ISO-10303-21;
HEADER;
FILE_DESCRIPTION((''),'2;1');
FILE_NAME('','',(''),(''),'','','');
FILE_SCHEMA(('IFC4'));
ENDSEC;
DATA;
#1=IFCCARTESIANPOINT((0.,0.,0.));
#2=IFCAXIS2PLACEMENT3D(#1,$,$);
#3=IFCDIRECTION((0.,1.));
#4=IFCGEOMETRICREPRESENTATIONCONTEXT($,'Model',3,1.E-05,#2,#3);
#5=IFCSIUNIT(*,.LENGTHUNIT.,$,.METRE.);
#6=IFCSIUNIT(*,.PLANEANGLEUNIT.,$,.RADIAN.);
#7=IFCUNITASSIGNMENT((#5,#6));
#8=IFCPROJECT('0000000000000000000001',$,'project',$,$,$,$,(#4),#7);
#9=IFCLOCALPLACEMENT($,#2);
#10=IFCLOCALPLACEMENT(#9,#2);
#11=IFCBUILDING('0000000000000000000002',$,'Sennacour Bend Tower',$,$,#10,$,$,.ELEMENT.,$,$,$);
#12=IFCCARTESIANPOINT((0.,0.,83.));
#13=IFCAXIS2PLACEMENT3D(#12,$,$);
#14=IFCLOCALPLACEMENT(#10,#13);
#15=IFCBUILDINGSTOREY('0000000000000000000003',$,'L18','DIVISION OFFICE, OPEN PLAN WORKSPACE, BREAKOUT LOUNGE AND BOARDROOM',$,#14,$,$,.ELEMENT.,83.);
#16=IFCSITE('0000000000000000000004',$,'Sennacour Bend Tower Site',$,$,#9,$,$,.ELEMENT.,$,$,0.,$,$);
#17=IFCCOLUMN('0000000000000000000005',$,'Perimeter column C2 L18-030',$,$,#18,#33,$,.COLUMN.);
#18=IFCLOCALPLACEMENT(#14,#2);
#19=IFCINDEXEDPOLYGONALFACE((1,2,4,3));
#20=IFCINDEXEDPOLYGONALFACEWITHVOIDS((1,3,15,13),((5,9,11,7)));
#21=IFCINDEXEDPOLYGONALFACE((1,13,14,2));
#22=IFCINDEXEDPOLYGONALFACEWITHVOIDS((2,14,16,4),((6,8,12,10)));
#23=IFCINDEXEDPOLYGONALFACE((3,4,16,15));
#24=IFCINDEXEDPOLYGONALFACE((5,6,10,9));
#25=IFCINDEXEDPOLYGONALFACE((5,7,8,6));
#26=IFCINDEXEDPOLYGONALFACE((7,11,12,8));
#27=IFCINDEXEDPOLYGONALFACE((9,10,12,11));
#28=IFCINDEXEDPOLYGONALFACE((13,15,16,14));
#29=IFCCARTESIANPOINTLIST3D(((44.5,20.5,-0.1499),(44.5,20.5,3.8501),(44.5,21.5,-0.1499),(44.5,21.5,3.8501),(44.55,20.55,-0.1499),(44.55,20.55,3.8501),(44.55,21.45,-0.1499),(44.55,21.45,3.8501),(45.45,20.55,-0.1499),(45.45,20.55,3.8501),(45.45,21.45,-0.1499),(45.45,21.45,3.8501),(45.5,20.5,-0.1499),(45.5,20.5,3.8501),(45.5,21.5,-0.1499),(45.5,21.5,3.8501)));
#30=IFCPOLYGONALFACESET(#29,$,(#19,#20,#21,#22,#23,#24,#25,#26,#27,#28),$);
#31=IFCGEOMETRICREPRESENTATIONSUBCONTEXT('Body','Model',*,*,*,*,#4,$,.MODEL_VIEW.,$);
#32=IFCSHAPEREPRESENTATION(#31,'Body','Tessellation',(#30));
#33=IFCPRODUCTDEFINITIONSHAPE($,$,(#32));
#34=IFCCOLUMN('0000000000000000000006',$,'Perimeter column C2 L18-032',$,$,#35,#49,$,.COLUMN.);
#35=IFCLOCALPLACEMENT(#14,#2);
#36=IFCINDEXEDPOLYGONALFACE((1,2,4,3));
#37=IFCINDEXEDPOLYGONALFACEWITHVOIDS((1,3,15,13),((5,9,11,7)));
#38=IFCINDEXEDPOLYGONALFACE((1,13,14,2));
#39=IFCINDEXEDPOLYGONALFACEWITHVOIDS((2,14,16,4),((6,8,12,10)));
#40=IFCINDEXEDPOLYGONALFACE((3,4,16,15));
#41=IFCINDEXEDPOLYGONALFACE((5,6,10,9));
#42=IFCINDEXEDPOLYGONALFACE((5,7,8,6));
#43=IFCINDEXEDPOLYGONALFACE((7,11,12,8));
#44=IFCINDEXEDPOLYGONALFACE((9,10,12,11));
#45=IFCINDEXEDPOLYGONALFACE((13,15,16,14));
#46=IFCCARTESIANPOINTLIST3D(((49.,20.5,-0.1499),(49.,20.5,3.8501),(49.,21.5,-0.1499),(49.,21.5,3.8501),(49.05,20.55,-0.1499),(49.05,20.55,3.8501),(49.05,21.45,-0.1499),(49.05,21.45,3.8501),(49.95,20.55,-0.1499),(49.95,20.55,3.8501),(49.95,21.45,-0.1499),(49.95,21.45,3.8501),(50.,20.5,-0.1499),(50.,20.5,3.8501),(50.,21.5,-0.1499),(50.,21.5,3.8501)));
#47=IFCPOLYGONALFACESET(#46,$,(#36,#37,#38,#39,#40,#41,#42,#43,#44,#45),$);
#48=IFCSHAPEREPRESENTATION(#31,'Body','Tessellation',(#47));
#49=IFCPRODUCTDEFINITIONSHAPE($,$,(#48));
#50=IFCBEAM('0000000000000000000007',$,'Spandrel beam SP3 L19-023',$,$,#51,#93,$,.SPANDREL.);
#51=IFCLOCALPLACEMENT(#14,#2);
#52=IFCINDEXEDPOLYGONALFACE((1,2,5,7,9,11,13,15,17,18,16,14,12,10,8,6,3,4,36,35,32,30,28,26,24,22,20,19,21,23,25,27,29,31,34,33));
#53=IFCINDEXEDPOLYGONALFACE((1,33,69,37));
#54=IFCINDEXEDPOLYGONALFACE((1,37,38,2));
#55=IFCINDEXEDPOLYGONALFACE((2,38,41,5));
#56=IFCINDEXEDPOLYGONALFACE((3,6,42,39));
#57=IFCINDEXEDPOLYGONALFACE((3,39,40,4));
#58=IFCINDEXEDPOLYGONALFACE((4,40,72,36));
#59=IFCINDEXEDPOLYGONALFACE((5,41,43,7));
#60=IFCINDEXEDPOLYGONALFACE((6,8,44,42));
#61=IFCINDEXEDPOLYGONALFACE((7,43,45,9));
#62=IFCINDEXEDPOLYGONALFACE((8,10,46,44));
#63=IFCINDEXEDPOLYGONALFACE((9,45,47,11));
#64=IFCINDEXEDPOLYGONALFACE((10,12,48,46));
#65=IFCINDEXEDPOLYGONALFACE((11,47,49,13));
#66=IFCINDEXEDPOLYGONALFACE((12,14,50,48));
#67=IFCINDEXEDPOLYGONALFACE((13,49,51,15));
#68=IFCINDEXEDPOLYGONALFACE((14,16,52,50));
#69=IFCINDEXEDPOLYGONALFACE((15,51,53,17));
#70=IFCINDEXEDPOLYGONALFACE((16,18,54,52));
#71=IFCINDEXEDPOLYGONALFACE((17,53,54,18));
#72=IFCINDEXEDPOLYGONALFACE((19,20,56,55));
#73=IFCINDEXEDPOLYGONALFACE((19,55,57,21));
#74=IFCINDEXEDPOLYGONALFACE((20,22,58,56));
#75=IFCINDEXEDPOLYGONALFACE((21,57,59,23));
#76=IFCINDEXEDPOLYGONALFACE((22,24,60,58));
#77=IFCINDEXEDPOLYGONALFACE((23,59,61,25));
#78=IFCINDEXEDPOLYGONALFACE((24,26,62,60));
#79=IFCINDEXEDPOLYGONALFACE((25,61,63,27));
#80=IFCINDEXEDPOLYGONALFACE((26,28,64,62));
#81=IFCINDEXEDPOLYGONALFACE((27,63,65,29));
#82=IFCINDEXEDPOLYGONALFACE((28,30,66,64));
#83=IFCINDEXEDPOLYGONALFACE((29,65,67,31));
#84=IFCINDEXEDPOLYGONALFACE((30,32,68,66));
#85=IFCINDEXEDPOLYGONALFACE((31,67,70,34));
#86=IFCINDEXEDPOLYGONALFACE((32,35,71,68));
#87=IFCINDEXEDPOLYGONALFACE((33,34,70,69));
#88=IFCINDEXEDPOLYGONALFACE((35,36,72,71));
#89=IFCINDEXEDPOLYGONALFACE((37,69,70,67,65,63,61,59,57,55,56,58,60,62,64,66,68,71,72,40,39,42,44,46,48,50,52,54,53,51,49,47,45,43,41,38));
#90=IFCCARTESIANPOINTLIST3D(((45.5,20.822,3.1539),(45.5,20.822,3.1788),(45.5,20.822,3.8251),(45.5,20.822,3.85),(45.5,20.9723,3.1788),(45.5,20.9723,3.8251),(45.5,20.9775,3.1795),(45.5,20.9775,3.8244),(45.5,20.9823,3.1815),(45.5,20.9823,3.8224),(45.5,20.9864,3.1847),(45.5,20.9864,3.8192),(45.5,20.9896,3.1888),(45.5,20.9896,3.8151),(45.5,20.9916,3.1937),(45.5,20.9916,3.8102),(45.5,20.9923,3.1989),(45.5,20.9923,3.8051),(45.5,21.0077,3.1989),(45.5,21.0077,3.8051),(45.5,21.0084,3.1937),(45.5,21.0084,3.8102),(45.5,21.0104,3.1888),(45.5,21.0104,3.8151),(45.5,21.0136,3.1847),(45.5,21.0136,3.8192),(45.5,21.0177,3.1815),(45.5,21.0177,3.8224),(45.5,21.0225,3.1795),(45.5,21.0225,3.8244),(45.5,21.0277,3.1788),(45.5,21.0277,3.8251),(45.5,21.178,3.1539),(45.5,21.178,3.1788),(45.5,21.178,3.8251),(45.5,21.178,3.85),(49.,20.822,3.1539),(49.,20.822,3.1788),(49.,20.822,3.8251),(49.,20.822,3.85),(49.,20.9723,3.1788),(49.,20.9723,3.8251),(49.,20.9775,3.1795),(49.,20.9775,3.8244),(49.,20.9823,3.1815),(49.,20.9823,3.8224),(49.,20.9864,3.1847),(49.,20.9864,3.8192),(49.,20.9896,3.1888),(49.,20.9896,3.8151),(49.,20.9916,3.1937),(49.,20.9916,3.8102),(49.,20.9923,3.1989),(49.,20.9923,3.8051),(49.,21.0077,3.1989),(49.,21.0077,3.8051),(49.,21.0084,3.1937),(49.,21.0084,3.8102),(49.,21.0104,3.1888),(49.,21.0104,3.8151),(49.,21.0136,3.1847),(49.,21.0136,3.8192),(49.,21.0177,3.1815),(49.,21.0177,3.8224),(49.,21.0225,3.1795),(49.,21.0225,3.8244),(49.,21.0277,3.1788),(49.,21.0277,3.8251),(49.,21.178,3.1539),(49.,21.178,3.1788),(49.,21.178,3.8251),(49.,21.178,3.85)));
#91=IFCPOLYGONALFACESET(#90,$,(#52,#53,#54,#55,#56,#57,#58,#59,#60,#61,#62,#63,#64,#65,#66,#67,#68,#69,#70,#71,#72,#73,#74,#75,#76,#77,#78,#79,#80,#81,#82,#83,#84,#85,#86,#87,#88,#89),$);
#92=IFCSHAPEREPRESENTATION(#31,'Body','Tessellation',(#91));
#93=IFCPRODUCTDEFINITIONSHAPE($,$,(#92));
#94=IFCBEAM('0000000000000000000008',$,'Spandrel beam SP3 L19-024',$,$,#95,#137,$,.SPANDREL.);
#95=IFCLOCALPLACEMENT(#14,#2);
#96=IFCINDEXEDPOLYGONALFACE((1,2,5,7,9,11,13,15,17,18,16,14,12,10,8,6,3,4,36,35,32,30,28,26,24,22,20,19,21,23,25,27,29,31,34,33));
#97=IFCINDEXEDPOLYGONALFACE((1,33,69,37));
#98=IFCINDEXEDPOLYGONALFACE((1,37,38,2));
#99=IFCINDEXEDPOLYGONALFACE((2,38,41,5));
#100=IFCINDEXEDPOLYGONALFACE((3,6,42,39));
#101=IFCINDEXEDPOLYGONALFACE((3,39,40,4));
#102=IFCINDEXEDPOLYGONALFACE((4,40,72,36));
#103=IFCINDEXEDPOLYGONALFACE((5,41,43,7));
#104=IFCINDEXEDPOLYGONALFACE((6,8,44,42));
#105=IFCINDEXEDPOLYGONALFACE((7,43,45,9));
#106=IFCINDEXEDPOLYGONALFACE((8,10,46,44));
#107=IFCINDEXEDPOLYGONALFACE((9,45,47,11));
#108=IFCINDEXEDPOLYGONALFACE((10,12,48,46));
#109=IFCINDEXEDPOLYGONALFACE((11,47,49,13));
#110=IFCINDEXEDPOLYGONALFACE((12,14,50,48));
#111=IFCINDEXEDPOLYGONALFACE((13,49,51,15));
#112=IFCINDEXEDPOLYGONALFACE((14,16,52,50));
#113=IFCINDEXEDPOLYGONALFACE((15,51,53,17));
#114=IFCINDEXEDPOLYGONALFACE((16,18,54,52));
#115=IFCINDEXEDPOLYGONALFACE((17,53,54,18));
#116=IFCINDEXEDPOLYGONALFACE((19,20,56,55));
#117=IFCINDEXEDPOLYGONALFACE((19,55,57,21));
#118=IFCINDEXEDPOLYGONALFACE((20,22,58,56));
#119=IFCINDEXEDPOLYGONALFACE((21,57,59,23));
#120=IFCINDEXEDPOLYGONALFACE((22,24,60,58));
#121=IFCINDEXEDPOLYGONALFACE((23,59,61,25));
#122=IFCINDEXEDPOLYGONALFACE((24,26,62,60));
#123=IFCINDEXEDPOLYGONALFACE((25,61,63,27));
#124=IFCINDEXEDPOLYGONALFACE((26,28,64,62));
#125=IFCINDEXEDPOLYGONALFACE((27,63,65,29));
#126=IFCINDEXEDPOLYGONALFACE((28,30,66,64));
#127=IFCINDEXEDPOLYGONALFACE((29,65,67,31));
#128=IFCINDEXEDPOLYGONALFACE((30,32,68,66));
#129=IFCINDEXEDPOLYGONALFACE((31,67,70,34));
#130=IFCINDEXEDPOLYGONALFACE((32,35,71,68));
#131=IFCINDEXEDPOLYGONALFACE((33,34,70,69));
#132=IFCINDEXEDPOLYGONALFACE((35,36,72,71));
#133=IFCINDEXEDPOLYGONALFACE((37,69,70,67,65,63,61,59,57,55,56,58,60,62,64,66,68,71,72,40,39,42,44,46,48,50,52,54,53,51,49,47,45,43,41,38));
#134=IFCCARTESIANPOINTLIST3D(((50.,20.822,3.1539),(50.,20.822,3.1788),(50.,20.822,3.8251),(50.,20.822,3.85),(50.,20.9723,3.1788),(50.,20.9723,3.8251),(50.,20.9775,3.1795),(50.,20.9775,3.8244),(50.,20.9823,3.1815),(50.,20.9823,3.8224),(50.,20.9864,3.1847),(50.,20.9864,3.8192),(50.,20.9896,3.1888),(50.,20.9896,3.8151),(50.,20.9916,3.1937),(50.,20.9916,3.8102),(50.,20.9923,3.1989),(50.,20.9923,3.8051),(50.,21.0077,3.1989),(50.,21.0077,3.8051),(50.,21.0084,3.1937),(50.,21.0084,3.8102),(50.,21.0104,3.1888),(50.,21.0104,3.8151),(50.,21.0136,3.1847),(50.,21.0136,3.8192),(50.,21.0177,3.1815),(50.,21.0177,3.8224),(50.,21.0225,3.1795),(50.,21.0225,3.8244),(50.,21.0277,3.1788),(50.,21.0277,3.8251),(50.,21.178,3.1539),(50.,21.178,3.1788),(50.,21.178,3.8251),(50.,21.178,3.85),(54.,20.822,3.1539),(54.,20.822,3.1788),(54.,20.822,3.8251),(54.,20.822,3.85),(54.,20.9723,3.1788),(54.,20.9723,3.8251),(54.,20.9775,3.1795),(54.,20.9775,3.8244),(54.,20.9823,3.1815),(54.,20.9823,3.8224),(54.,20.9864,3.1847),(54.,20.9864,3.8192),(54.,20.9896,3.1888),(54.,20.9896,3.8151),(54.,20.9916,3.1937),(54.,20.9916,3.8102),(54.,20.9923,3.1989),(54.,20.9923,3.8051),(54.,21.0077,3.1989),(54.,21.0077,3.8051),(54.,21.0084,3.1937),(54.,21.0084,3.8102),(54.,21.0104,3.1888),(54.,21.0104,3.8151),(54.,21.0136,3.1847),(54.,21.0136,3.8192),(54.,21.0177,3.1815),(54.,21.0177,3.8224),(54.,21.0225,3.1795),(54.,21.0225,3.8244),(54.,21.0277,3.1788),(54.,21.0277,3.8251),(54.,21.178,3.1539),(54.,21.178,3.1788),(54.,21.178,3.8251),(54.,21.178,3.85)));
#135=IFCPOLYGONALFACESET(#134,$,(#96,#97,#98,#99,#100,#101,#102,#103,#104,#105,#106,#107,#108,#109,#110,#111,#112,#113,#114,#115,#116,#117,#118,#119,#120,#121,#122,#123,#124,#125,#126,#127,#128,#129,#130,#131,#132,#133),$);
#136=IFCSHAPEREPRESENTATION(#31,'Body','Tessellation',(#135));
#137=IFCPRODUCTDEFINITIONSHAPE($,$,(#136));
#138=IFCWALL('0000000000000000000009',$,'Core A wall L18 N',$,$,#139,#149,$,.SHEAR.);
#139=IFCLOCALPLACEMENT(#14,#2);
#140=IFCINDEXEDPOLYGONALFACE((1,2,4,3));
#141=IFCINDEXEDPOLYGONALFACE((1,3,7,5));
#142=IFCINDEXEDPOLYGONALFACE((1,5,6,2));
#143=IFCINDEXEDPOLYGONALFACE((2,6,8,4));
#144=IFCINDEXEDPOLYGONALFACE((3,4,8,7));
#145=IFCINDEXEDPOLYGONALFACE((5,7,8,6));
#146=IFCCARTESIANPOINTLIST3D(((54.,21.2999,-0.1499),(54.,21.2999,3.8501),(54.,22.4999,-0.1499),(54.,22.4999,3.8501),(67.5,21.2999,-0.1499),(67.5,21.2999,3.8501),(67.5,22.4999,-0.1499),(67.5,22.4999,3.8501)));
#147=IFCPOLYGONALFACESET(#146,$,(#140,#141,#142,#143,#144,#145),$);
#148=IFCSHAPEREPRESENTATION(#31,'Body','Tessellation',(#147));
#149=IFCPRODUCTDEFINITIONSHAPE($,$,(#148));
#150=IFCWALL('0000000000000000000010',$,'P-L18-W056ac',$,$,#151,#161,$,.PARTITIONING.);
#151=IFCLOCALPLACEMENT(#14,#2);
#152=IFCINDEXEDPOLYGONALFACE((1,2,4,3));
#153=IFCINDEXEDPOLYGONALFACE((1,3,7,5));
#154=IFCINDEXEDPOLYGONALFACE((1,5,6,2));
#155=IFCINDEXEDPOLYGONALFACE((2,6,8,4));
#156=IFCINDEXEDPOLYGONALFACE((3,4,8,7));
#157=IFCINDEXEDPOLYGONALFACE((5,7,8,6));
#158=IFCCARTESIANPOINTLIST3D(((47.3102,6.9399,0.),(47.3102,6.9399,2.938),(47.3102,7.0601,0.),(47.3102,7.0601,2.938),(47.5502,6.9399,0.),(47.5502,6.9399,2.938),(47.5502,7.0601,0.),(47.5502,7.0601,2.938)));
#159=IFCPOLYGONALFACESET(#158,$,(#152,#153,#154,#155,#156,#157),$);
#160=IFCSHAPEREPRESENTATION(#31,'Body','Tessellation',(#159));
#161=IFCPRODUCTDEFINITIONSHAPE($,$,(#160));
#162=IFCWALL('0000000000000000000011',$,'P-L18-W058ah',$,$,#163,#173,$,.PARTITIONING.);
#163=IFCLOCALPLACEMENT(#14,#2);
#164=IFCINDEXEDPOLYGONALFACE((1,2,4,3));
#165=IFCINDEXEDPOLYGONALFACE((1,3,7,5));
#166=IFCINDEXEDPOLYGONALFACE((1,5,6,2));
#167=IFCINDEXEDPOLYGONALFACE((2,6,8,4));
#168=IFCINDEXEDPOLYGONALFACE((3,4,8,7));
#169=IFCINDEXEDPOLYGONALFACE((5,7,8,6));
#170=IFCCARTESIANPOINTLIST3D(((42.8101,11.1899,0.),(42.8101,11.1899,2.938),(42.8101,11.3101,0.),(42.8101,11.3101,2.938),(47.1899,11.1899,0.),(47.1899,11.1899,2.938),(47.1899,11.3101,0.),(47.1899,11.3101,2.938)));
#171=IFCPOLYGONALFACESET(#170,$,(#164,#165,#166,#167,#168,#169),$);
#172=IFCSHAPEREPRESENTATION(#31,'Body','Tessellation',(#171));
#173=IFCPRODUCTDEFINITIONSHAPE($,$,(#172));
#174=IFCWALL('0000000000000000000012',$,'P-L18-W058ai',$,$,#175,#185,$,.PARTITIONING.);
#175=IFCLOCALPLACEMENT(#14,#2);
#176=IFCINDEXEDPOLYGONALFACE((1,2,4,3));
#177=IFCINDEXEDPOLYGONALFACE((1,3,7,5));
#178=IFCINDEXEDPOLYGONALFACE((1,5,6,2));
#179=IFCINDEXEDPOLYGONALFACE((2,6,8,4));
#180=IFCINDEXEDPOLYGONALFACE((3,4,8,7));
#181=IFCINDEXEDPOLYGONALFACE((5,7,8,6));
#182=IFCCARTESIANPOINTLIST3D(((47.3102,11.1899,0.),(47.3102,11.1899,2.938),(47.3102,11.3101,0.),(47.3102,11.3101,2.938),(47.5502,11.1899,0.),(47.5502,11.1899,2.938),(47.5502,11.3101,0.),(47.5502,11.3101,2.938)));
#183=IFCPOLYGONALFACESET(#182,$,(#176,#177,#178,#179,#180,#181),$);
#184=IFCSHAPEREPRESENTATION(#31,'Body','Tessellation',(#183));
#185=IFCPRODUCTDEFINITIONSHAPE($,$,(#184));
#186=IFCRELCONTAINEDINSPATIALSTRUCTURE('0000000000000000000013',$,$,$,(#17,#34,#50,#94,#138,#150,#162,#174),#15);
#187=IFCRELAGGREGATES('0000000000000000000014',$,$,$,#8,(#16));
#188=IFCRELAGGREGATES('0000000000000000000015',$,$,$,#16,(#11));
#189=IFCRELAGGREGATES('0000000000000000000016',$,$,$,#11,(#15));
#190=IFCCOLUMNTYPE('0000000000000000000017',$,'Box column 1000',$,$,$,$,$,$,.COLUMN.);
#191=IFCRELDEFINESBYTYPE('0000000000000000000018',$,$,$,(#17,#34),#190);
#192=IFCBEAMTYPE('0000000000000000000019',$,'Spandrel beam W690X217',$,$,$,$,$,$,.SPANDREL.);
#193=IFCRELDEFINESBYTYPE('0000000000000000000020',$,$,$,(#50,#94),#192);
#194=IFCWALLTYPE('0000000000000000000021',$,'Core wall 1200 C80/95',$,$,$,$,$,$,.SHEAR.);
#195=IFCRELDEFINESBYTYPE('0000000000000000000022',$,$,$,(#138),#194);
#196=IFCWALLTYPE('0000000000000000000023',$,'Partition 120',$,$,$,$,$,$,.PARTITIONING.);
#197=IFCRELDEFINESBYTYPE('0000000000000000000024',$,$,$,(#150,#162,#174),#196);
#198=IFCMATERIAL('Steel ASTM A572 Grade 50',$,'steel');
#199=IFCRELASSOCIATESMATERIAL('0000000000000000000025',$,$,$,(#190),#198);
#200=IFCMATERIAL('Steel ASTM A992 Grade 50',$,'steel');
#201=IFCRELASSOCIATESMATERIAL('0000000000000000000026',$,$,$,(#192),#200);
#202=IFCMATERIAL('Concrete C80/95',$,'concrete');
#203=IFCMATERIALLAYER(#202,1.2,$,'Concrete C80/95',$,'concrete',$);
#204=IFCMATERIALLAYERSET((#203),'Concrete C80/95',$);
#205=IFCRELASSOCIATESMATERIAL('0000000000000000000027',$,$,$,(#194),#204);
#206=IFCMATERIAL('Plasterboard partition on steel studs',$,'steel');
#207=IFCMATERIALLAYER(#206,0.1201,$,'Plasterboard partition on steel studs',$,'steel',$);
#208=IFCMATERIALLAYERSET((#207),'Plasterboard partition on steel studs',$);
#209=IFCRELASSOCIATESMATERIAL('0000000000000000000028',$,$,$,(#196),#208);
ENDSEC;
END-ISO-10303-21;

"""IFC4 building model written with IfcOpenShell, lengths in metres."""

from ifc_helpers import new_model, si_unit, direction, frame, frame_2d, origin, origin_2d, place, context, subcontext, project, spatial, rectangle, hollow_rectangle, i_section, extrude, material, layer, layer_set, material_profile, profile_set, type_object, element, save


model = new_model("IFC4")

# Units and contexts
model_context = context("Model", 3, precision=1e-05, world=origin(), true_north=direction((0.0, 1.0)))
body_context = subcontext(model_context, "Body", "Model", "MODEL_VIEW")
ifc_project = project(units=[si_unit("LENGTHUNIT", "METRE"), si_unit("PLANEANGLEUNIT", "RADIAN")], contexts=[model_context])

# Site, building, storey
site_placement = place(None, origin())
site = spatial("IfcSite", under=ifc_project, at=site_placement, Name="Sennacour Bend Tower Site", CompositionType="ELEMENT", RefElevation=0.0)
building_placement = place(site_placement, origin())
building = spatial("IfcBuilding", under=site, at=building_placement, Name="Sennacour Bend Tower", CompositionType="ELEMENT")
storey_placement = place(building_placement, frame((0.0, 0.0, 83.0)))
storey = spatial("IfcBuildingStorey", under=building, at=storey_placement, Name="L18", Description="DIVISION OFFICE, OPEN PLAN WORKSPACE, BREAKOUT LOUNGE AND BOARDROOM", CompositionType="ELEMENT", Elevation=83.0)

# Columns
ifc_material_1 = material(Name="Steel ASTM A572 Grade 50", Category="steel")
ifc_material_profile_1 = material_profile(ifc_material_1, hollow_rectangle(XDim=1.0, YDim=1.0, WallThickness=0.05, at=origin_2d()), Name="Steel ASTM A572 Grade 50", Category="steel")
ifc_profile_set_1 = profile_set([ifc_material_profile_1], Name="Steel ASTM A572 Grade 50")
column_type = type_object("IfcColumnType", Name="Box column 1000", PredefinedType="COLUMN", material=ifc_profile_set_1)
for number, where, z_axis, x_axis, name in (
    (1, (45.0, 21.0, -0.1499), (0.0, 0.0, 1.0), (1.0, 0.0, 0.0), "Perimeter column C2 L18-030"),
    (2, (49.5, 21.0, -0.1499), (0.0, 0.0, 1.0), (1.0, 0.0, 0.0), "Perimeter column C2 L18-032"),
):
    element("IfcColumn", number, at=place(storey_placement, frame(where, z_axis=z_axis, x_axis=x_axis)), inside=storey, type_object=column_type, Name=name, PredefinedType="COLUMN", context=body_context, shape_type="SweptSolid", body=[
        extrude(hollow_rectangle(XDim=1.0, YDim=1.0, WallThickness=0.05, at=origin_2d()), origin(), (0.0, 0.0, 1.0), 4.0),
    ])

# Beams
ifc_material_2 = material(Name="Steel ASTM A992 Grade 50", Category="steel")
ifc_material_profile_2 = material_profile(ifc_material_2, i_section(OverallWidth=0.356, OverallDepth=0.696, WebThickness=0.0154, FlangeThickness=0.0249, FilletRadius=0.02, at=origin_2d()), Name="Steel ASTM A992 Grade 50", Category="steel")
ifc_profile_set_2 = profile_set([ifc_material_profile_2], Name="Steel ASTM A992 Grade 50")
beam_type = type_object("IfcBeamType", Name="Spandrel beam W690X217", PredefinedType="SPANDREL", material=ifc_profile_set_2)
beam_1_placement = place(storey_placement, frame((45.5, 21.0, 3.502), z_axis=(1.0, 0.0, 0.0), x_axis=(0.0, 1.0, 0.0)))
element("IfcBeam", 3, at=beam_1_placement, inside=storey, type_object=beam_type, Name="Spandrel beam SP3 L19-023", PredefinedType="SPANDREL", context=body_context, shape_type="SweptSolid", body=[
    extrude(i_section(OverallWidth=0.356, OverallDepth=0.696, WebThickness=0.0154, FlangeThickness=0.0249, FilletRadius=0.02, at=origin_2d()), origin(), (0.0, 0.0, 1.0), 3.5),
])
beam_2_placement = place(storey_placement, frame((50.0, 21.0, 3.502), z_axis=(1.0, 0.0, 0.0), x_axis=(0.0, 1.0, 0.0)))
element("IfcBeam", 4, at=beam_2_placement, inside=storey, type_object=beam_type, Name="Spandrel beam SP3 L19-024", PredefinedType="SPANDREL", context=body_context, shape_type="SweptSolid", body=[
    extrude(i_section(OverallWidth=0.356, OverallDepth=0.696, WebThickness=0.0154, FlangeThickness=0.0249, FilletRadius=0.02, at=origin_2d()), origin(), (0.0, 0.0, 1.0), 4.0),
])

# Walls
ifc_material_3 = material(Name="Concrete C80/95", Category="concrete")
ifc_layer_1 = layer(ifc_material_3, 1.2, Name="Concrete C80/95", Category="concrete")
ifc_layer_set_1 = layer_set([ifc_layer_1], Name="Concrete C80/95")
wall_type_1 = type_object("IfcWallType", Name="Core wall 1200 C80/95", PredefinedType="SHEAR", material=ifc_layer_set_1)
wall_1_placement = place(storey_placement, frame((54.0, 21.8999, -0.1499), z_axis=(0.0, 0.0, 1.0), x_axis=(1.0, 0.0, 0.0)))
element("IfcWall", 5, at=wall_1_placement, inside=storey, type_object=wall_type_1, Name="Core A wall L18 N", PredefinedType="SHEAR", context=body_context, shape_type="SweptSolid", body=[
    extrude(rectangle(XDim=13.5, YDim=1.2, at=frame_2d((6.75, 0.0))), origin(), (0.0, 0.0, 1.0), 4.0),
])
ifc_material_4 = material(Name="Plasterboard partition on steel studs", Category="steel")
ifc_layer_2 = layer(ifc_material_4, 0.1201, Name="Plasterboard partition on steel studs", Category="steel")
ifc_layer_set_2 = layer_set([ifc_layer_2], Name="Plasterboard partition on steel studs")
wall_type_2 = type_object("IfcWallType", Name="Partition 120", PredefinedType="PARTITIONING", material=ifc_layer_set_2)
wall_2_placement = place(storey_placement, frame((47.3101, 7.0, 0.0), z_axis=(0.0, 0.0, 1.0), x_axis=(1.0, 0.0, 0.0)))
element("IfcWall", 6, at=wall_2_placement, inside=storey, type_object=wall_type_2, Name="P-L18-W056ac", PredefinedType="PARTITIONING", context=body_context, shape_type="SweptSolid", body=[
    extrude(rectangle(XDim=0.24, YDim=0.1201, at=frame_2d((0.1201, 0.0))), origin(), (0.0, 0.0, 1.0), 2.938),
])
wall_3_placement = place(storey_placement, frame((42.8101, 11.25, 0.0), z_axis=(0.0, 0.0, 1.0), x_axis=(1.0, 0.0, 0.0)))
element("IfcWall", 7, at=wall_3_placement, inside=storey, type_object=wall_type_2, Name="P-L18-W058ah", PredefinedType="PARTITIONING", context=body_context, shape_type="SweptSolid", body=[
    extrude(rectangle(XDim=4.3799, YDim=0.1201, at=frame_2d((2.1899, 0.0))), origin(), (0.0, 0.0, 1.0), 2.938),
])
wall_4_placement = place(storey_placement, frame((47.3101, 11.25, 0.0), z_axis=(0.0, 0.0, 1.0), x_axis=(1.0, 0.0, 0.0)))
element("IfcWall", 8, at=wall_4_placement, inside=storey, type_object=wall_type_2, Name="P-L18-W058ai", PredefinedType="PARTITIONING", context=body_context, shape_type="SweptSolid", body=[
    extrude(rectangle(XDim=0.24, YDim=0.1201, at=frame_2d((0.1201, 0.0))), origin(), (0.0, 0.0, 1.0), 2.938),
])

save(model, "model.ifc")
